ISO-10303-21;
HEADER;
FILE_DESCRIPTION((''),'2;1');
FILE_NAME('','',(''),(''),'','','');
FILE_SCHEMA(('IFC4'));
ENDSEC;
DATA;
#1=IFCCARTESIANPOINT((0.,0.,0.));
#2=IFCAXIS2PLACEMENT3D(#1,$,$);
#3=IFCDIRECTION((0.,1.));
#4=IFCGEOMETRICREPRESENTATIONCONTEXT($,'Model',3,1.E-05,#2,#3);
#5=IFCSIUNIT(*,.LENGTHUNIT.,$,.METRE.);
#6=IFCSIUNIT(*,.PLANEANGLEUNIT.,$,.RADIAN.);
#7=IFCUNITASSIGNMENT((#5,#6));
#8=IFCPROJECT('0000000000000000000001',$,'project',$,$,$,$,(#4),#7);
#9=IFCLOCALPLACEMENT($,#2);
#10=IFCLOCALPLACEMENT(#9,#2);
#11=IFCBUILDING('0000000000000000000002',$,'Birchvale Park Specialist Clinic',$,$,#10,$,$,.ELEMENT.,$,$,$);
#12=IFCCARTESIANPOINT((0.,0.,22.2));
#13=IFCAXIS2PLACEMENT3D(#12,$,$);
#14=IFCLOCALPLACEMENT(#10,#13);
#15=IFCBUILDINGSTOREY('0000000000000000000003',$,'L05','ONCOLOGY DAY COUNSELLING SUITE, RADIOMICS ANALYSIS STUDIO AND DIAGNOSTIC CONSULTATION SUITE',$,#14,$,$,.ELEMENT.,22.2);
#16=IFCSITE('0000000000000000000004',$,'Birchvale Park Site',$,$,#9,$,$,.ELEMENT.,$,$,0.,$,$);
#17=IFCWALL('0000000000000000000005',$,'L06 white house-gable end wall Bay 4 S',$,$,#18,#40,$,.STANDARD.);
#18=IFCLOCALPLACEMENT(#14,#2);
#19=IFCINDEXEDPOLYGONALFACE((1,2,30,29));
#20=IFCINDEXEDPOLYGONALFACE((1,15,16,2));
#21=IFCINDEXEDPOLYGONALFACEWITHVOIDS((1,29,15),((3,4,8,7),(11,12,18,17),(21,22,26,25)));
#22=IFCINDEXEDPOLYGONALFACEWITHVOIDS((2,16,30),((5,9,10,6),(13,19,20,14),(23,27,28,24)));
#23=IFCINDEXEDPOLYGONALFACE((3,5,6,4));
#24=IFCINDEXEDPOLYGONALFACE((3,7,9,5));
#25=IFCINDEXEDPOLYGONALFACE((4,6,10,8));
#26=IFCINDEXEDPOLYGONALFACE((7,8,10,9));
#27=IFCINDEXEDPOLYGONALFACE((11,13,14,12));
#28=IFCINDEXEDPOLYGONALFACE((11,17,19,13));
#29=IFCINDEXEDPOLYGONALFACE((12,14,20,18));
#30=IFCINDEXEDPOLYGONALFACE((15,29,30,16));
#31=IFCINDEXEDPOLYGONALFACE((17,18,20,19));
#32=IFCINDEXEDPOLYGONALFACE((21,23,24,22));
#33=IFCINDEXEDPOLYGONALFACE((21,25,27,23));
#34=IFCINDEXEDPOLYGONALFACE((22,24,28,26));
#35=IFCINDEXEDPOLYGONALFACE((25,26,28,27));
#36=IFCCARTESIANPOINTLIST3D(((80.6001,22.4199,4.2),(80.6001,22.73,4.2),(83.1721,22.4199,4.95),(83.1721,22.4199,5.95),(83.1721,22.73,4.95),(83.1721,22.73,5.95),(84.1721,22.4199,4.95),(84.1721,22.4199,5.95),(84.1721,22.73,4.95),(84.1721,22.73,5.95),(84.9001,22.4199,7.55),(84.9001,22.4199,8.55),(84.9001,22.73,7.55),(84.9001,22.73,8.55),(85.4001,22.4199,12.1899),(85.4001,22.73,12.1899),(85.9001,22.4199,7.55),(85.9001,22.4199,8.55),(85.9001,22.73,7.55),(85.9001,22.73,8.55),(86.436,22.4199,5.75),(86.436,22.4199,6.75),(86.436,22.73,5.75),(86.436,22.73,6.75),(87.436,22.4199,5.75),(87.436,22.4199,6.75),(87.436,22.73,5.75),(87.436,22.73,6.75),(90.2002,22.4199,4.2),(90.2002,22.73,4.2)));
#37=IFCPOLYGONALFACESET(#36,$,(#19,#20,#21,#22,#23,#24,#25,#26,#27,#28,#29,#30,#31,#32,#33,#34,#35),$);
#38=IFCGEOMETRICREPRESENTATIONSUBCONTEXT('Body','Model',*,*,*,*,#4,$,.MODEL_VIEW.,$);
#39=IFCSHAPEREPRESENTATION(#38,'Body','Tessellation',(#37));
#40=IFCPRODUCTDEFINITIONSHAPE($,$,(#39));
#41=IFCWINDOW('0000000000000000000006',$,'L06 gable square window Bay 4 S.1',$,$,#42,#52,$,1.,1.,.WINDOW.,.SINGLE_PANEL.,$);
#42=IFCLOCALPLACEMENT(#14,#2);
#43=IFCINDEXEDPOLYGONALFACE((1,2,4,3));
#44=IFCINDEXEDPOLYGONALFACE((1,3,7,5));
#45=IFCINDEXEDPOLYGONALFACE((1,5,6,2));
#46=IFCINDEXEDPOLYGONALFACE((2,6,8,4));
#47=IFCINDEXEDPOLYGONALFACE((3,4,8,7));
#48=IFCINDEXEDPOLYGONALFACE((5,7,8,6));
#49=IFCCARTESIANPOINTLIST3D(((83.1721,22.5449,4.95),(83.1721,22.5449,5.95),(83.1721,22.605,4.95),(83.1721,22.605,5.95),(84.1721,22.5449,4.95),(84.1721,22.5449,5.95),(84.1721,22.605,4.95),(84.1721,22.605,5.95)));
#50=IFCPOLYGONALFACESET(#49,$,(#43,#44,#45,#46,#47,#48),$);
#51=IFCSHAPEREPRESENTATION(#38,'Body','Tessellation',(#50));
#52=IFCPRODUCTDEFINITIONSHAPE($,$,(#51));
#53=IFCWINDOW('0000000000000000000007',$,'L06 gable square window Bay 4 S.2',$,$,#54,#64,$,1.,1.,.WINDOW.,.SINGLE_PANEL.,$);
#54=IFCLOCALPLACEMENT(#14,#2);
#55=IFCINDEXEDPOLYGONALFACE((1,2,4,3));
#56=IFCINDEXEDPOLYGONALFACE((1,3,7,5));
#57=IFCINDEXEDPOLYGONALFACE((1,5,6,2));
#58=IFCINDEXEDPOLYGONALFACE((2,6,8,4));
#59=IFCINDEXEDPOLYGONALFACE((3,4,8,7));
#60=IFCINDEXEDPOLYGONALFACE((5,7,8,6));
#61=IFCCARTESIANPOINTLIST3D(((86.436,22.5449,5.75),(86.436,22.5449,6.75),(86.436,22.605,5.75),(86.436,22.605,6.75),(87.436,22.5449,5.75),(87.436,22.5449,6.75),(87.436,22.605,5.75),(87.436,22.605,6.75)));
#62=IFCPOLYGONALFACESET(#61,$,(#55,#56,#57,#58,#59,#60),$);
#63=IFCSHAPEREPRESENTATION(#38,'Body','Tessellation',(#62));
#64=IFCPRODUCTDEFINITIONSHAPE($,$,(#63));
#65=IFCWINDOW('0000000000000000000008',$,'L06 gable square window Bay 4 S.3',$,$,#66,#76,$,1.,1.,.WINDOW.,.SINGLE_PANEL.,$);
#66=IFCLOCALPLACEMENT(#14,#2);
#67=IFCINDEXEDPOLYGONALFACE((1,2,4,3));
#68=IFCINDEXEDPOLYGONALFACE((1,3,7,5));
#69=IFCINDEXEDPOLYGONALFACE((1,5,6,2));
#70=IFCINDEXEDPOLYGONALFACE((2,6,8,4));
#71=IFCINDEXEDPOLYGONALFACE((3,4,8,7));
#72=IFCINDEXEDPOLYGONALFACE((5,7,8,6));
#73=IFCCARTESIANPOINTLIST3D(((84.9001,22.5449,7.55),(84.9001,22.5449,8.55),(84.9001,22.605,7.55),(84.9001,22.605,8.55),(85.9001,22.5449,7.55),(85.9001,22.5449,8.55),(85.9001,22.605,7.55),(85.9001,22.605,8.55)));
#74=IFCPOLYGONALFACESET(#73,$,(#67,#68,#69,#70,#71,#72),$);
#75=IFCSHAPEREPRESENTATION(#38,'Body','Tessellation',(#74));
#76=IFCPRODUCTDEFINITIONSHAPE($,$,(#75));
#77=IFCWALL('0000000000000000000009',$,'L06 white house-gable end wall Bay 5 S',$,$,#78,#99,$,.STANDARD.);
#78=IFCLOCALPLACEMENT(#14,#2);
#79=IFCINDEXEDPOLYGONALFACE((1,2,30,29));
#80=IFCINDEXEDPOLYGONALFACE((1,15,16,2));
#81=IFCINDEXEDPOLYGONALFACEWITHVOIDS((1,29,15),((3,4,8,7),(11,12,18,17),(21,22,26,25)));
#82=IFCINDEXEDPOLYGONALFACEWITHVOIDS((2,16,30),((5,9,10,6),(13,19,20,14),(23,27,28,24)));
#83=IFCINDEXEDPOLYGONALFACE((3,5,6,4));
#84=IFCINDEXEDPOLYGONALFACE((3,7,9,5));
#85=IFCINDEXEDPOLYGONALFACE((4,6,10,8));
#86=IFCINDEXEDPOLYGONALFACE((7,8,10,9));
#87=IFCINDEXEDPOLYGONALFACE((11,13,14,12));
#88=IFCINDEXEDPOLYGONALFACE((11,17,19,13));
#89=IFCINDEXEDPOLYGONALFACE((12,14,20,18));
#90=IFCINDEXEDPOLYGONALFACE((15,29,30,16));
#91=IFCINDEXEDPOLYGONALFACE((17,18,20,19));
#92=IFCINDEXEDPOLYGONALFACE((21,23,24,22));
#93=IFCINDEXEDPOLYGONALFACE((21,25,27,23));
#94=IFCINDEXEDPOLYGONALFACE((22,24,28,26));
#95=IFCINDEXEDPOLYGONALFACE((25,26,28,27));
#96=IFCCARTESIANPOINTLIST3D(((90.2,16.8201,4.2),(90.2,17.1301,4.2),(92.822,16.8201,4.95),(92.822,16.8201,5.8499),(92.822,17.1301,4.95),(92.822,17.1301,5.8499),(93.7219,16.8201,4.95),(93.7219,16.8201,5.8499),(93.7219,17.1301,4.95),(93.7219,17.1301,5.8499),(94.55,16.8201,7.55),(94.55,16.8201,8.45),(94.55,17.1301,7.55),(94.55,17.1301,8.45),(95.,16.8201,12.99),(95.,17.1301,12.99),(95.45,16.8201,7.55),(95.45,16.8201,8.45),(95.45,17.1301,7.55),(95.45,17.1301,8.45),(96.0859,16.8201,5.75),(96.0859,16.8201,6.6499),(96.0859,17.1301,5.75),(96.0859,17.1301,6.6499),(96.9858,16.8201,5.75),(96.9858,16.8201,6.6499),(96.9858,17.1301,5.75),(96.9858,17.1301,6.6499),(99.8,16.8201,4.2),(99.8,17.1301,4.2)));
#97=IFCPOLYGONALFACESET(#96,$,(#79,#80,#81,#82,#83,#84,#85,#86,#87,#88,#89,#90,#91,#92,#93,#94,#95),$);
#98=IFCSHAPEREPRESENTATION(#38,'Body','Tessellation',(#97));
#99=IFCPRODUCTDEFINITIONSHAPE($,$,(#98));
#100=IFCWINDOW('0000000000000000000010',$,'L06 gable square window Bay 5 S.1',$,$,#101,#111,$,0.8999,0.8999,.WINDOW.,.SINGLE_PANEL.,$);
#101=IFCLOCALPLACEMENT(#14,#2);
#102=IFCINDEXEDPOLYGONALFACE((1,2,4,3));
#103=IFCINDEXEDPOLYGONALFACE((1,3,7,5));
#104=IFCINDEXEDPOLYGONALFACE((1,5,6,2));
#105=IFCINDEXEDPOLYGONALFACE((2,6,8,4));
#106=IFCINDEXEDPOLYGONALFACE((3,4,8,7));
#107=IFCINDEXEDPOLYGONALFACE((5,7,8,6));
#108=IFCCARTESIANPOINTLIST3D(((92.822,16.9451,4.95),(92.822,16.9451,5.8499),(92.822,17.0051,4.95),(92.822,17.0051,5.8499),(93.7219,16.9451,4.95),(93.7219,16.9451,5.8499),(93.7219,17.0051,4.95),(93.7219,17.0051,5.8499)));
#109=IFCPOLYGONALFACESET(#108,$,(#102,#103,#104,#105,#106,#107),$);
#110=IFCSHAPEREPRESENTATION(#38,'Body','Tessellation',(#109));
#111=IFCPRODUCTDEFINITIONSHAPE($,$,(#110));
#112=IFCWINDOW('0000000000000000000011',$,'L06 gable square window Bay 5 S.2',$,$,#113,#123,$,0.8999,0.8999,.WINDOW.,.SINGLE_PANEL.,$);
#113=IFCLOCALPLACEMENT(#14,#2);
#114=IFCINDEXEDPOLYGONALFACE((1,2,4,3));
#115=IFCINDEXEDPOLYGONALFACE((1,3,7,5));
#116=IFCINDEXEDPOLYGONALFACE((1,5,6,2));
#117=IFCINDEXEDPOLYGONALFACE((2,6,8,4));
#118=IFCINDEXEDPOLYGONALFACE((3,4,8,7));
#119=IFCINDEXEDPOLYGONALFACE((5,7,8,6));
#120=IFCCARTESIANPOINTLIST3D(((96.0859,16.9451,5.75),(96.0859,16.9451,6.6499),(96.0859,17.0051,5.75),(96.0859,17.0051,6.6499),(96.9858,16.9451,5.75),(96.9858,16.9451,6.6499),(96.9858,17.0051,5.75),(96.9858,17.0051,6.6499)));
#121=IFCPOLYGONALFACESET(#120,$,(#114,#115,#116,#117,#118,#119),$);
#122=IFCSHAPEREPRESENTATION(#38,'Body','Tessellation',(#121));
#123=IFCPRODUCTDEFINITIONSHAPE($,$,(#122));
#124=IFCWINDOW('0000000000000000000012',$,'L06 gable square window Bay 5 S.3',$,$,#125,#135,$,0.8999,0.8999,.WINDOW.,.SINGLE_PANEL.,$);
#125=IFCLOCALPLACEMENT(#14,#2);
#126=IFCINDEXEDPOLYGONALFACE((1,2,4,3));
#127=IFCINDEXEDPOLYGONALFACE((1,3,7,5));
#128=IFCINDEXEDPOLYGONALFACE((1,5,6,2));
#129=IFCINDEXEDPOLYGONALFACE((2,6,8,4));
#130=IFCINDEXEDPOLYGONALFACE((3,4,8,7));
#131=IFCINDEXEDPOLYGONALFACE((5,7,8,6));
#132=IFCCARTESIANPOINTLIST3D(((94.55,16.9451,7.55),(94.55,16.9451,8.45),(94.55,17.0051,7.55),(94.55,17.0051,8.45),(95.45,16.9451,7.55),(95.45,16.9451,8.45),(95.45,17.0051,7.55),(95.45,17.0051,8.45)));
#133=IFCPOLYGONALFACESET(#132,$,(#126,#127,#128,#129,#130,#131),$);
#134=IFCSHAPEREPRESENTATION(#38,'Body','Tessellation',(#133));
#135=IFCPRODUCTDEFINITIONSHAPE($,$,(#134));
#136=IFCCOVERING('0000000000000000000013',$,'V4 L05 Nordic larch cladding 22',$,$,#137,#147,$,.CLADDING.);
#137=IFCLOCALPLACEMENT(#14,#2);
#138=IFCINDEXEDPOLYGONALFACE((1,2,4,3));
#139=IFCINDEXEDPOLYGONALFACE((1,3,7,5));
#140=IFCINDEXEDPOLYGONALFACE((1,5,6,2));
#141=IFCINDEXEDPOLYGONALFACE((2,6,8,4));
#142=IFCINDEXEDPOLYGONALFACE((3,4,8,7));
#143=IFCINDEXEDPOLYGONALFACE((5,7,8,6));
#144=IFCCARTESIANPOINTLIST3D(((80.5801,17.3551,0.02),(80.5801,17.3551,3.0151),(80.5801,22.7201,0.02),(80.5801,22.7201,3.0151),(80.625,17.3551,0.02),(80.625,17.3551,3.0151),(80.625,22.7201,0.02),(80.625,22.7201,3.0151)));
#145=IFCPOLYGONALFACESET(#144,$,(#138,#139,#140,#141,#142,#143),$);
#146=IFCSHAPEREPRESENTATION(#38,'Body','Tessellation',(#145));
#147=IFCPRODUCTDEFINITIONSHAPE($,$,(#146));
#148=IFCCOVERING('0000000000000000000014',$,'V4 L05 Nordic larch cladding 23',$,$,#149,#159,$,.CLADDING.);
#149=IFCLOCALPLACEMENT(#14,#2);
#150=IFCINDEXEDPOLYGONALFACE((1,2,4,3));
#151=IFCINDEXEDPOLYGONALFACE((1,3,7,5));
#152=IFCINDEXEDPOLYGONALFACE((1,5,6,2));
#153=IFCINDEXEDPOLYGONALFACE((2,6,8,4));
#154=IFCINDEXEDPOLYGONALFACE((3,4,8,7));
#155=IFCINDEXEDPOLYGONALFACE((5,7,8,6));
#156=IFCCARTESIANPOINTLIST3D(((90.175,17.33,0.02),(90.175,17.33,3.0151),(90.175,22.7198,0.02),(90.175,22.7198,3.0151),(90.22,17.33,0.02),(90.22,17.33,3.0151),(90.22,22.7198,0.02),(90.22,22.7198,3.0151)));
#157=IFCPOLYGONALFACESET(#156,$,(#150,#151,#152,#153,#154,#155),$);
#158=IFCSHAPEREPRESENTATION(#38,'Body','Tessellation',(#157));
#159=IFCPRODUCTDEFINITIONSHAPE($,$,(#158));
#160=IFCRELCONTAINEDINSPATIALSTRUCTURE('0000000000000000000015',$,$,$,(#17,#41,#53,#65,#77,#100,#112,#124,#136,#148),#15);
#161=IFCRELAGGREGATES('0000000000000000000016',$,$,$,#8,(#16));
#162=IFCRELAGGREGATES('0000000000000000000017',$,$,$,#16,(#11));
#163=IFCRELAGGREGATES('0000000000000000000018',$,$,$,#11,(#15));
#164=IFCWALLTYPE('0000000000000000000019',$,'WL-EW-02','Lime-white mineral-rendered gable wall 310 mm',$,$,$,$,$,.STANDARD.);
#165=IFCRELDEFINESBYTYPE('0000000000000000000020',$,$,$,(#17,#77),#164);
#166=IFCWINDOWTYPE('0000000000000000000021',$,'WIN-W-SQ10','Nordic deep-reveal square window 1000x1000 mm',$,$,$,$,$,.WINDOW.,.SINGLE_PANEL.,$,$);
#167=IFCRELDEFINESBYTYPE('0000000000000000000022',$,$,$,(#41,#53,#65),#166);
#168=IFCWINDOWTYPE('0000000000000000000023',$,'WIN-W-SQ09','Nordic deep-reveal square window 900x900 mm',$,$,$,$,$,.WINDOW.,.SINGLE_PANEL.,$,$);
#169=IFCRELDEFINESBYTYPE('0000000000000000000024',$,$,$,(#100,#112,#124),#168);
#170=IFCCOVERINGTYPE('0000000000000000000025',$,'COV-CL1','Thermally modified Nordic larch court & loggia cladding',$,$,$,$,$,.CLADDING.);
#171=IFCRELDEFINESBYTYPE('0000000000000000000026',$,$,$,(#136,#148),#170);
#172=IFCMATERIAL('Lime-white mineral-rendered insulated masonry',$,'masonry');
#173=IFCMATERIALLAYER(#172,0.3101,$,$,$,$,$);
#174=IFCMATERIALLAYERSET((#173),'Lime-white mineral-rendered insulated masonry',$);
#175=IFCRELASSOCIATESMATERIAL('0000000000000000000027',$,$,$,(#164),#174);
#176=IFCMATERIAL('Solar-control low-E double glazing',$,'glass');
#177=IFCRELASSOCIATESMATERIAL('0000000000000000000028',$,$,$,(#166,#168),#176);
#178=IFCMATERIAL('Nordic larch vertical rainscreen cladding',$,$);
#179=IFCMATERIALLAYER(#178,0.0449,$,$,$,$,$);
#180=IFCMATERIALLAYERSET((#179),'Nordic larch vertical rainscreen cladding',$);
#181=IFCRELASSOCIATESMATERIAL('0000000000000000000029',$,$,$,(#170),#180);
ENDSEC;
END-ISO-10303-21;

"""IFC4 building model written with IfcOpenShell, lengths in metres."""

from ifc_helpers import new_model, si_unit, direction, frame, frame_2d, origin, origin_2d, place, context, subcontext, project, spatial, polyline, rectangle, outline, extrude, material, layer, layer_set, type_object, element, fill, save


model = new_model("IFC4")

# Units and contexts
model_context = context("Model", 3, precision=1e-05, world=origin(), true_north=direction((0.0, 1.0)))
body_context = subcontext(model_context, "Body", "Model", "MODEL_VIEW")
ifc_project = project(units=[si_unit("LENGTHUNIT", "METRE"), si_unit("PLANEANGLEUNIT", "RADIAN")], contexts=[model_context])

# Site, building, storey
site_placement = place(None, origin())
site = spatial("IfcSite", under=ifc_project, at=site_placement, Name="Birchvale Park Site", CompositionType="ELEMENT", RefElevation=0.0)
building_placement = place(site_placement, origin())
building = spatial("IfcBuilding", under=site, at=building_placement, Name="Birchvale Park Specialist Clinic", CompositionType="ELEMENT")
storey_placement = place(building_placement, frame((0.0, 0.0, 22.2)))
storey = spatial("IfcBuildingStorey", under=building, at=storey_placement, Name="L05", Description="ONCOLOGY DAY COUNSELLING SUITE, RADIOMICS ANALYSIS STUDIO AND DIAGNOSTIC CONSULTATION SUITE", CompositionType="ELEMENT", Elevation=22.2)

# Shared definitions
ifc_material_1 = material(Name="Solar-control low-E double glazing", Category="glass")

# Walls, openings, windows
ifc_material_2 = material(Name="Lime-white mineral-rendered insulated masonry", Category="masonry")
ifc_layer_1 = layer(ifc_material_2, 0.3101)
ifc_layer_set_1 = layer_set([ifc_layer_1], Name="Lime-white mineral-rendered insulated masonry")
wall_type = type_object("IfcWallType", Name="WL-EW-02", Description="Lime-white mineral-rendered gable wall 310 mm", PredefinedType="STANDARD", material=ifc_layer_set_1)
wall_1_placement = place(storey_placement, frame((80.6001, 22.575, 4.2), z_axis=(0.0, 0.0, 1.0), x_axis=(1.0, 0.0, 0.0)))
wall_1 = element("IfcWall", 1, at=wall_1_placement, inside=storey, type_object=wall_type, Name="L06 white house-gable end wall Bay 4 S", PredefinedType="STANDARD", context=body_context, shape_type="SweptSolid", body=[
    extrude(outline(polyline([(0.0, 0.0), (9.5999, 0.0), (9.6001, 0.0), (4.8, 7.99), (0.0, 0.0), (0.0, 0.0)])), frame((0.0, 0.155, 0.0), z_axis=(0.0, -1.0, 0.0), x_axis=(1.0, 0.0, 0.0)), (0.0, 0.0, 1.0), 0.3101),
])
opening_1_placement = place(wall_1_placement, frame((2.572, 0.0, 0.75)))
opening_1 = element("IfcOpeningElement", 2, at=opening_1_placement, cuts=wall_1, PredefinedType="OPENING", context=body_context, shape_type="SweptSolid", body=[
    extrude(rectangle(XDim=1.0, YDim=1.0, at=frame_2d((0.5, 0.5))), frame((0.0, 0.165, 0.0), z_axis=(0.0, -1.0, 0.0), x_axis=(1.0, 0.0, 0.0)), (0.0, 0.0, 1.0), 0.3301),
])
opening_2_placement = place(wall_1_placement, frame((5.8359, 0.0, 1.55)))
opening_2 = element("IfcOpeningElement", 3, at=opening_2_placement, cuts=wall_1, PredefinedType="OPENING", context=body_context, shape_type="SweptSolid", body=[
    extrude(rectangle(XDim=1.0, YDim=1.0, at=frame_2d((0.5, 0.5))), frame((0.0, 0.165, 0.0), z_axis=(0.0, -1.0, 0.0), x_axis=(1.0, 0.0, 0.0)), (0.0, 0.0, 1.0), 0.3301),
])
opening_3_placement = place(wall_1_placement, frame((4.3, 0.0, 3.3501)))
opening_3 = element("IfcOpeningElement", 4, at=opening_3_placement, cuts=wall_1, PredefinedType="OPENING", context=body_context, shape_type="SweptSolid", body=[
    extrude(rectangle(XDim=1.0, YDim=1.0, at=frame_2d((0.5, 0.5))), frame((0.0, 0.165, 0.0), z_axis=(0.0, -1.0, 0.0), x_axis=(1.0, 0.0, 0.0)), (0.0, 0.0, 1.0), 0.3301),
])
window_type_1 = type_object("IfcWindowType", Name="WIN-W-SQ10", Description="Nordic deep-reveal square window 1000x1000 mm", PartitioningType="SINGLE_PANEL", PredefinedType="WINDOW", material=ifc_material_1)
window_1_placement = place(opening_1_placement, origin())
window_1 = element("IfcWindow", 5, at=window_1_placement, inside=storey, type_object=window_type_1, Name="L06 gable square window Bay 4 S.1", OverallHeight=1.0, OverallWidth=1.0, PartitioningType="SINGLE_PANEL", PredefinedType="WINDOW", context=body_context, shape_type="SweptSolid", body=[
    extrude(rectangle(XDim=1.0, YDim=1.0, at=frame_2d((0.5, 0.5))), frame((0.0, 0.03, 0.0), z_axis=(0.0, -1.0, 0.0), x_axis=(1.0, 0.0, 0.0)), (0.0, 0.0, 1.0), 0.0601),
])
fill(opening_1, window_1)
window_2_placement = place(opening_2_placement, origin())
window_2 = element("IfcWindow", 6, at=window_2_placement, inside=storey, type_object=window_type_1, Name="L06 gable square window Bay 4 S.2", OverallHeight=1.0, OverallWidth=1.0, PartitioningType="SINGLE_PANEL", PredefinedType="WINDOW", context=body_context, shape_type="SweptSolid", body=[
    extrude(rectangle(XDim=1.0, YDim=1.0, at=frame_2d((0.5, 0.5))), frame((0.0, 0.03, 0.0), z_axis=(0.0, -1.0, 0.0), x_axis=(1.0, 0.0, 0.0)), (0.0, 0.0, 1.0), 0.0601),
])
fill(opening_2, window_2)
window_3_placement = place(opening_3_placement, origin())
window_3 = element("IfcWindow", 7, at=window_3_placement, inside=storey, type_object=window_type_1, Name="L06 gable square window Bay 4 S.3", OverallHeight=1.0, OverallWidth=1.0, PartitioningType="SINGLE_PANEL", PredefinedType="WINDOW", context=body_context, shape_type="SweptSolid", body=[
    extrude(rectangle(XDim=1.0, YDim=1.0, at=frame_2d((0.5, 0.5))), frame((0.0, 0.03, 0.0), z_axis=(0.0, -1.0, 0.0), x_axis=(1.0, 0.0, 0.0)), (0.0, 0.0, 1.0), 0.0601),
])
fill(opening_3, window_3)
wall_2_placement = place(storey_placement, frame((90.2, 16.9751, 4.2), z_axis=(0.0, 0.0, 1.0), x_axis=(1.0, 0.0, 0.0)))
wall_2 = element("IfcWall", 8, at=wall_2_placement, inside=storey, type_object=wall_type, Name="L06 white house-gable end wall Bay 5 S", PredefinedType="STANDARD", context=body_context, shape_type="SweptSolid", body=[
    extrude(outline(polyline([(0.0, 0.0), (9.6001, 0.0), (9.6001, 0.0), (4.8, 8.79), (0.0, 0.0), (0.0, 0.0)])), frame((0.0, 0.155, 0.0), z_axis=(0.0, -1.0, 0.0), x_axis=(1.0, 0.0, 0.0)), (0.0, 0.0, 1.0), 0.3101),
])
opening_4_placement = place(wall_2_placement, frame((2.6221, 0.0, 0.75)))
opening_4 = element("IfcOpeningElement", 9, at=opening_4_placement, cuts=wall_2, PredefinedType="OPENING", context=body_context, shape_type="SweptSolid", body=[
    extrude(rectangle(XDim=0.8999, YDim=0.8999, at=frame_2d((0.45, 0.45))), frame((0.0, 0.165, 0.0), z_axis=(0.0, -1.0, 0.0), x_axis=(1.0, 0.0, 0.0)), (0.0, 0.0, 1.0), 0.3301),
])
opening_5_placement = place(wall_2_placement, frame((5.886, 0.0, 1.55)))
opening_5 = element("IfcOpeningElement", 10, at=opening_5_placement, cuts=wall_2, PredefinedType="OPENING", context=body_context, shape_type="SweptSolid", body=[
    extrude(rectangle(XDim=0.8999, YDim=0.8999, at=frame_2d((0.45, 0.45))), frame((0.0, 0.165, 0.0), z_axis=(0.0, -1.0, 0.0), x_axis=(1.0, 0.0, 0.0)), (0.0, 0.0, 1.0), 0.3301),
])
opening_6_placement = place(wall_2_placement, frame((4.3501, 0.0, 3.3501)))
opening_6 = element("IfcOpeningElement", 11, at=opening_6_placement, cuts=wall_2, PredefinedType="OPENING", context=body_context, shape_type="SweptSolid", body=[
    extrude(rectangle(XDim=0.8999, YDim=0.8999, at=frame_2d((0.45, 0.45))), frame((0.0, 0.165, 0.0), z_axis=(0.0, -1.0, 0.0), x_axis=(1.0, 0.0, 0.0)), (0.0, 0.0, 1.0), 0.3301),
])
window_type_2 = type_object("IfcWindowType", Name="WIN-W-SQ09", Description="Nordic deep-reveal square window 900x900 mm", PartitioningType="SINGLE_PANEL", PredefinedType="WINDOW", material=ifc_material_1)
window_4_placement = place(opening_4_placement, origin())
window_4 = element("IfcWindow", 12, at=window_4_placement, inside=storey, type_object=window_type_2, Name="L06 gable square window Bay 5 S.1", OverallHeight=0.8999, OverallWidth=0.8999, PartitioningType="SINGLE_PANEL", PredefinedType="WINDOW", context=body_context, shape_type="SweptSolid", body=[
    extrude(rectangle(XDim=0.8999, YDim=0.8999, at=frame_2d((0.45, 0.45))), frame((0.0, 0.03, 0.0), z_axis=(0.0, -1.0, 0.0), x_axis=(1.0, 0.0, 0.0)), (0.0, 0.0, 1.0), 0.0601),
])
fill(opening_4, window_4)
window_5_placement = place(opening_5_placement, origin())
window_5 = element("IfcWindow", 13, at=window_5_placement, inside=storey, type_object=window_type_2, Name="L06 gable square window Bay 5 S.2", OverallHeight=0.8999, OverallWidth=0.8999, PartitioningType="SINGLE_PANEL", PredefinedType="WINDOW", context=body_context, shape_type="SweptSolid", body=[
    extrude(rectangle(XDim=0.8999, YDim=0.8999, at=frame_2d((0.45, 0.45))), frame((0.0, 0.03, 0.0), z_axis=(0.0, -1.0, 0.0), x_axis=(1.0, 0.0, 0.0)), (0.0, 0.0, 1.0), 0.0601),
])
fill(opening_5, window_5)
window_6_placement = place(opening_6_placement, origin())
window_6 = element("IfcWindow", 14, at=window_6_placement, inside=storey, type_object=window_type_2, Name="L06 gable square window Bay 5 S.3", OverallHeight=0.8999, OverallWidth=0.8999, PartitioningType="SINGLE_PANEL", PredefinedType="WINDOW", context=body_context, shape_type="SweptSolid", body=[
    extrude(rectangle(XDim=0.8999, YDim=0.8999, at=frame_2d((0.45, 0.45))), frame((0.0, 0.03, 0.0), z_axis=(0.0, -1.0, 0.0), x_axis=(1.0, 0.0, 0.0)), (0.0, 0.0, 1.0), 0.0601),
])
fill(opening_6, window_6)

# Coverings
ifc_material_3 = material(Name="Nordic larch vertical rainscreen cladding")
ifc_layer_2 = layer(ifc_material_3, 0.0449)
ifc_layer_set_2 = layer_set([ifc_layer_2], Name="Nordic larch vertical rainscreen cladding")
covering_type = type_object("IfcCoveringType", Name="COV-CL1", Description="Thermally modified Nordic larch court & loggia cladding", PredefinedType="CLADDING", material=ifc_layer_set_2)
covering_1_placement = place(storey_placement, frame((80.6025, 20.0376, 0.02), z_axis=(0.0, 0.0, 1.0), x_axis=(0.0, 1.0, 0.0)))
element("IfcCovering", 15, at=covering_1_placement, inside=storey, type_object=covering_type, Name="V4 L05 Nordic larch cladding 22", PredefinedType="CLADDING", context=body_context, shape_type="SweptSolid", body=[
    extrude(rectangle(XDim=5.365, YDim=0.0449, at=origin_2d()), origin(), (0.0, 0.0, 1.0), 2.9951),
])
covering_2_placement = place(storey_placement, frame((90.1975, 20.0249, 0.02), z_axis=(0.0, 0.0, 1.0), x_axis=(0.0, -1.0, 0.0)))
element("IfcCovering", 16, at=covering_2_placement, inside=storey, type_object=covering_type, Name="V4 L05 Nordic larch cladding 23", PredefinedType="CLADDING", context=body_context, shape_type="SweptSolid", body=[
    extrude(rectangle(XDim=5.3899, YDim=0.0449, at=origin_2d()), origin(), (0.0, 0.0, 1.0), 2.9951),
])

save(model, "model.ifc")
